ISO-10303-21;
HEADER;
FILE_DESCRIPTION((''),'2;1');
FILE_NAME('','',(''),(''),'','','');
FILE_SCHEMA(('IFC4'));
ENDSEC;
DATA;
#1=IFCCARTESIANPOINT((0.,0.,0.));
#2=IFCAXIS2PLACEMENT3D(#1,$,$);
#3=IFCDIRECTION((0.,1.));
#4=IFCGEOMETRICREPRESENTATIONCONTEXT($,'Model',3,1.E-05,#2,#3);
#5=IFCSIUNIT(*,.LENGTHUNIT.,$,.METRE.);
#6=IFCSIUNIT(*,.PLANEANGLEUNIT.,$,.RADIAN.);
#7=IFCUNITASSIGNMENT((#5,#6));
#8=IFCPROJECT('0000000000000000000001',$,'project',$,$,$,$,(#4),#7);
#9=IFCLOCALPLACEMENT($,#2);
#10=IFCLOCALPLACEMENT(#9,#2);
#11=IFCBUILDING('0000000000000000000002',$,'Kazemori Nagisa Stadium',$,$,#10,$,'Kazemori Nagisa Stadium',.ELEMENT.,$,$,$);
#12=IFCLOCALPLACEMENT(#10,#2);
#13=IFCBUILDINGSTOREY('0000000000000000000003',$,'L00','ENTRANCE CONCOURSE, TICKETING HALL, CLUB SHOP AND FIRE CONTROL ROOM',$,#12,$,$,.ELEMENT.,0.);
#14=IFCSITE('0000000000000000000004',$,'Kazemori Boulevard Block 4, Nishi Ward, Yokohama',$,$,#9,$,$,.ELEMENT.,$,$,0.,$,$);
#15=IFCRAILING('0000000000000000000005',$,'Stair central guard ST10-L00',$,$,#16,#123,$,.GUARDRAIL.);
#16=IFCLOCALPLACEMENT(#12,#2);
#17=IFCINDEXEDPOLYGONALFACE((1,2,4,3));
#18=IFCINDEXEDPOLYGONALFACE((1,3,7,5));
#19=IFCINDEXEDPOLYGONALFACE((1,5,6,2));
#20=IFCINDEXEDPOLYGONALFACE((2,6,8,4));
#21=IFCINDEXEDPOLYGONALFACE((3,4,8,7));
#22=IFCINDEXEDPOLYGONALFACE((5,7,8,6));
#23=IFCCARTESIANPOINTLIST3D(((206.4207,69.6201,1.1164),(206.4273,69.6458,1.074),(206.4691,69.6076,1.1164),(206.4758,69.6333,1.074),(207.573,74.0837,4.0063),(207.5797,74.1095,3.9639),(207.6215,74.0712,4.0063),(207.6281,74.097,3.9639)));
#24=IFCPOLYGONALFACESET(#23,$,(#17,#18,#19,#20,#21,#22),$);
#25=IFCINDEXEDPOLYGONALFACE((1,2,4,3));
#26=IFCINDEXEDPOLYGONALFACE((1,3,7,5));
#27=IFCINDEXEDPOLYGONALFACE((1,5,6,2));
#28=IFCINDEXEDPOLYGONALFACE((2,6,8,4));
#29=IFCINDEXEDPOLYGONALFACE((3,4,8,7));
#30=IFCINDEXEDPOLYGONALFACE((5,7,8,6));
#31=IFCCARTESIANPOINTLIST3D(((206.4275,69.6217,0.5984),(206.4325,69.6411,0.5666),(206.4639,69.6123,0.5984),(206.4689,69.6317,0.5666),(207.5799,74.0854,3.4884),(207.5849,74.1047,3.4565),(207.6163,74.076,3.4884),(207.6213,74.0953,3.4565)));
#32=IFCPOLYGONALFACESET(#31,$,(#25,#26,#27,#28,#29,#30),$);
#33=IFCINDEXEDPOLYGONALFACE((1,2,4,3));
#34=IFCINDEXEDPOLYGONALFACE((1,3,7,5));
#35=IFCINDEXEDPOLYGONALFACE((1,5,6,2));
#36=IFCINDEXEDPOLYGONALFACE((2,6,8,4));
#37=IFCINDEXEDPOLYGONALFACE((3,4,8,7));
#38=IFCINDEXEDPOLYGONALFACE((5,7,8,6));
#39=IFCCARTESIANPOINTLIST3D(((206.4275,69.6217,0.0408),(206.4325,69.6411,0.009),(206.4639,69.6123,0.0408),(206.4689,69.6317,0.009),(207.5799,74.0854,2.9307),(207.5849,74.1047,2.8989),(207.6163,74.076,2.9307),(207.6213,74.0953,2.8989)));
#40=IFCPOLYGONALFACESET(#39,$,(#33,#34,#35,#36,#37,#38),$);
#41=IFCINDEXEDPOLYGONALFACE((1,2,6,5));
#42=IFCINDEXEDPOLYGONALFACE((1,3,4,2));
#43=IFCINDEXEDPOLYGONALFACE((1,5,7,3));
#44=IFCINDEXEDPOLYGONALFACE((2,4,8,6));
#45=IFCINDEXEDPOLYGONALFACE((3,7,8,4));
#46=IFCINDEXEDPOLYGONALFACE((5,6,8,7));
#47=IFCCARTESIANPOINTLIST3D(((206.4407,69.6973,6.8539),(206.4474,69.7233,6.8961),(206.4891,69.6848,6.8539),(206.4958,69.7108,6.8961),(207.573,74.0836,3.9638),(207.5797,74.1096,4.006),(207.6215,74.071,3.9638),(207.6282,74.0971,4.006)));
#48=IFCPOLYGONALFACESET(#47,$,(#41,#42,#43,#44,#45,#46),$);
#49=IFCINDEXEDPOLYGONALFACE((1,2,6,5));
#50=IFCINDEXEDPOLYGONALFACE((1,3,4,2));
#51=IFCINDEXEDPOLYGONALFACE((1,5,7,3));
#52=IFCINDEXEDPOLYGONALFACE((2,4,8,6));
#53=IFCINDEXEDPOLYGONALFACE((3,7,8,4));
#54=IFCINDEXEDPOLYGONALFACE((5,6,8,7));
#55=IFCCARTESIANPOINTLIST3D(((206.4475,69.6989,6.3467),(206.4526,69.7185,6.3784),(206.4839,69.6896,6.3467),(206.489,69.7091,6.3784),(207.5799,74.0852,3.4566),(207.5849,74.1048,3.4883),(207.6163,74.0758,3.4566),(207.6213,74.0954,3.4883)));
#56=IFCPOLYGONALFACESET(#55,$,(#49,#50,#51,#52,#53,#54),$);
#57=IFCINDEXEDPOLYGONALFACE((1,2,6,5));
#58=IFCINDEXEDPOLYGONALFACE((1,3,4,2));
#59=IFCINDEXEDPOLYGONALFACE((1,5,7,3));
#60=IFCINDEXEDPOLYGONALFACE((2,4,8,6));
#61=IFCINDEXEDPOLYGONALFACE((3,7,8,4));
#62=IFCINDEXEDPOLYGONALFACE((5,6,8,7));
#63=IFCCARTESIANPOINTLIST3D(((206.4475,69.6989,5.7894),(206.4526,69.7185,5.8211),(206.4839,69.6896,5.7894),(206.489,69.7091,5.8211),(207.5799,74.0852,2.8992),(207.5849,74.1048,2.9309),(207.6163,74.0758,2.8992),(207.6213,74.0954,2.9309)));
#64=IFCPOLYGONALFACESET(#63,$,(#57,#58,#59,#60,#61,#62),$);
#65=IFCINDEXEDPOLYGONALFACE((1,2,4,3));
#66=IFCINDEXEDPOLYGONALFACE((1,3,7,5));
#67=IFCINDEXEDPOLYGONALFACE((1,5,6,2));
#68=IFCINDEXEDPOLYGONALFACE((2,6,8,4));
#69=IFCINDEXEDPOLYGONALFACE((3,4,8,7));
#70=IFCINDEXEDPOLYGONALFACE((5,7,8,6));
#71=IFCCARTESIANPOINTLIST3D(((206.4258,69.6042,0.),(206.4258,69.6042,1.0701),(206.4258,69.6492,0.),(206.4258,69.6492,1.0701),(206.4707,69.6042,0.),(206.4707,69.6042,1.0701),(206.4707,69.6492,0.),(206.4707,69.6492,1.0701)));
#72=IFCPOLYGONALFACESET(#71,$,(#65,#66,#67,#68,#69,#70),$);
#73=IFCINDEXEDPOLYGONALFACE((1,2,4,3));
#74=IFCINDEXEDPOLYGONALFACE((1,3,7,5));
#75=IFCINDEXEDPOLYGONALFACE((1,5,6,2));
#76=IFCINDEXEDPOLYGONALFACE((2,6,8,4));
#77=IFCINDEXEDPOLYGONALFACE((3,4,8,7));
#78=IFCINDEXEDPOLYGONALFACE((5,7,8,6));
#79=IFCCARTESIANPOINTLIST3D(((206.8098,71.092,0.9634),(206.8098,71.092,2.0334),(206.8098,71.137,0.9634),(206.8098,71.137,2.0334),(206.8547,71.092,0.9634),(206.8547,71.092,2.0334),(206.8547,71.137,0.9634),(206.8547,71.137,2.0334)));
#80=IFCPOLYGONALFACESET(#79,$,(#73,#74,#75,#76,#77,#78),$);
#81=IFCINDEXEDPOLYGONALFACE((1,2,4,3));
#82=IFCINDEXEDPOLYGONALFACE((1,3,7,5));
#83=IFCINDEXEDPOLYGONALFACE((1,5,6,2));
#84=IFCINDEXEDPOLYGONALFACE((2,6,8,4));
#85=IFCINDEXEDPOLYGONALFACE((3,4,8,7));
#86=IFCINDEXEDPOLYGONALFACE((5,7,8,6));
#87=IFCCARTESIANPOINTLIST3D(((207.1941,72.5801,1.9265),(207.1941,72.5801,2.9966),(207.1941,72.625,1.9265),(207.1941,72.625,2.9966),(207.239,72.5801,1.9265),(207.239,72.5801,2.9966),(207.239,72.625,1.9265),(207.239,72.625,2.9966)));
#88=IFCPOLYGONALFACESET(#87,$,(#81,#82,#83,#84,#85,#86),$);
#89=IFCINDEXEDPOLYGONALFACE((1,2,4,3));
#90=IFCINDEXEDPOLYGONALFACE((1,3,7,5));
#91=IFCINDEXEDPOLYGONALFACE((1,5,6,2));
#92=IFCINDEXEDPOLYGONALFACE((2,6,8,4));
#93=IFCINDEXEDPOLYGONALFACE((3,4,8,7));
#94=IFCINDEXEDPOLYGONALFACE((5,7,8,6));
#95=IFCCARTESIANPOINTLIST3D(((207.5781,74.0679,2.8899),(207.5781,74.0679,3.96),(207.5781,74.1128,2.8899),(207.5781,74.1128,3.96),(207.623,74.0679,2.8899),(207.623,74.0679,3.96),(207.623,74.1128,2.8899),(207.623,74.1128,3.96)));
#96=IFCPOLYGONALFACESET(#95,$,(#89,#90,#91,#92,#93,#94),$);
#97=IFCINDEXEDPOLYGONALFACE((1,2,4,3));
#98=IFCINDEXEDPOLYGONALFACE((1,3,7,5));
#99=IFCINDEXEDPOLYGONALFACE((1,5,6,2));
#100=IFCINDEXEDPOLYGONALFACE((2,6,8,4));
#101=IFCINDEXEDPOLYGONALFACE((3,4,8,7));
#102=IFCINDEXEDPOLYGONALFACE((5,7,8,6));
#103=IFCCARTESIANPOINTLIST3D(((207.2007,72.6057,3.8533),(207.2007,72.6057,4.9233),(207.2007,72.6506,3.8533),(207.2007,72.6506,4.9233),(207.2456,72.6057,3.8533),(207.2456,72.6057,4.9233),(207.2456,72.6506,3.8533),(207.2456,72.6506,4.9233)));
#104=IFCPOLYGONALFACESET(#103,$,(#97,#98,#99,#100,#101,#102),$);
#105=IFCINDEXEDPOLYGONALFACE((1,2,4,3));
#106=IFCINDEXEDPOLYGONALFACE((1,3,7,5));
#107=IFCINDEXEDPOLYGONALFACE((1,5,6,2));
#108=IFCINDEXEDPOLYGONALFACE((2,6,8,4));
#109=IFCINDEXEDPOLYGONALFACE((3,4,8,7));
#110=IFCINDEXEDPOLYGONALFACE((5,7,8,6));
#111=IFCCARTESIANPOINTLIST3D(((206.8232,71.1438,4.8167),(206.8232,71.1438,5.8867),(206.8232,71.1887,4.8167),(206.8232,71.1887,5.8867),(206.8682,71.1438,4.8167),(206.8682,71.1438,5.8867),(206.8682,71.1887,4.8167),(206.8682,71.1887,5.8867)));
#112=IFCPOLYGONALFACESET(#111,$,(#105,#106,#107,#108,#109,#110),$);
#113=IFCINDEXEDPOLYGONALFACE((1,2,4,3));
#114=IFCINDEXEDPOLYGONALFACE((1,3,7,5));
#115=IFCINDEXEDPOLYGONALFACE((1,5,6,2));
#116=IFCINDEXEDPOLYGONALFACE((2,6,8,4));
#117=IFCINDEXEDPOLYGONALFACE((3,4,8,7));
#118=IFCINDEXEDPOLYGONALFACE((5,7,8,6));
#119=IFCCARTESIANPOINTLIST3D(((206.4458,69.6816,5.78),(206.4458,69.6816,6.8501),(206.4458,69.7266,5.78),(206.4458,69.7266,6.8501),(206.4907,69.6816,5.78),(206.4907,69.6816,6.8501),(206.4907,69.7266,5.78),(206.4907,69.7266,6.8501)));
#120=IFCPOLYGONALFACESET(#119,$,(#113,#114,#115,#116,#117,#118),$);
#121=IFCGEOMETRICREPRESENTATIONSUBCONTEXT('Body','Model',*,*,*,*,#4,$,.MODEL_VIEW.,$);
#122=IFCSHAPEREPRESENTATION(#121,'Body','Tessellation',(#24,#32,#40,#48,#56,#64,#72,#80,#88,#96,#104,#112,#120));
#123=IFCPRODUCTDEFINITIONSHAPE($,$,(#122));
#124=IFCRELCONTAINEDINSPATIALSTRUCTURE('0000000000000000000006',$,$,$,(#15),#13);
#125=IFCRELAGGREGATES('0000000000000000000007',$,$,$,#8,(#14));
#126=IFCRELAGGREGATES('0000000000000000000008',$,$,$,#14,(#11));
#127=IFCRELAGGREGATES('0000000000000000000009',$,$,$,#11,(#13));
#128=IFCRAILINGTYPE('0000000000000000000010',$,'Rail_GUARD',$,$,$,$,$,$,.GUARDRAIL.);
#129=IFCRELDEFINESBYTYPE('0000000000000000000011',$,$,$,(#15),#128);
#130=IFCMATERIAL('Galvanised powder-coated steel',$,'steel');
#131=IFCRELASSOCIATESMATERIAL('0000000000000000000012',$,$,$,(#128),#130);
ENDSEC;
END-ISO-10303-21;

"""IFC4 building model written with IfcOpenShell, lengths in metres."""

from ifc_helpers import new_model, si_unit, direction, frame, origin, origin_2d, place, context, subcontext, project, spatial, rectangle, extrude, material, type_object, element, save


model = new_model("IFC4")

# Units and contexts
model_context = context("Model", 3, precision=1e-05, world=origin(), true_north=direction((0.0, 1.0)))
body_context = subcontext(model_context, "Body", "Model", "MODEL_VIEW")
ifc_project = project(units=[si_unit("LENGTHUNIT", "METRE"), si_unit("PLANEANGLEUNIT", "RADIAN")], contexts=[model_context])

# Site, building, storey
site_placement = place(None, origin())
site = spatial("IfcSite", under=ifc_project, at=site_placement, Name="Kazemori Boulevard Block 4, Nishi Ward, Yokohama", CompositionType="ELEMENT", RefElevation=0.0)
building_placement = place(site_placement, origin())
building = spatial("IfcBuilding", under=site, at=building_placement, Name="Kazemori Nagisa Stadium", LongName="Kazemori Nagisa Stadium", CompositionType="ELEMENT")
storey_placement = place(building_placement, origin())
storey = spatial("IfcBuildingStorey", under=building, at=storey_placement, Name="L00", Description="ENTRANCE CONCOURSE, TICKETING HALL, CLUB SHOP AND FIRE CONTROL ROOM", CompositionType="ELEMENT", Elevation=0.0)

# Railing
ifc_material_1 = material(Name="Galvanised powder-coated steel", Category="steel")
railing_type_1 = type_object("IfcRailingType", Name="Rail_GUARD", PredefinedType="GUARDRAIL", material=ifc_material_1)
railing_1_placement = place(storey_placement, frame((206.4482, 69.6267, 0.0)))
element("IfcRailing", 1, at=railing_1_placement, inside=storey, type_object=railing_type_1, Name="Stair central guard ST10-L00", PredefinedType="GUARDRAIL", context=body_context, shape_type="SweptSolid", body=[
    extrude(rectangle(XDim=0.05, YDim=0.05, at=origin_2d()), frame((0.0, 0.0, 1.0952), z_axis=(0.211793, 0.820384, 0.531143), x_axis=(-0.968254, 0.249968, 0.0)), (0.0, 0.0, 1.0), 5.4409),
    extrude(rectangle(XDim=0.0376, YDim=0.0376, at=origin_2d()), frame((0.0, 0.0, 0.5825), z_axis=(0.211793, 0.820384, 0.531143), x_axis=(-0.968254, 0.249968, 0.0)), (0.0, 0.0, 1.0), 5.4409),
    extrude(rectangle(XDim=0.0376, YDim=0.0376, at=origin_2d()), frame((0.0, 0.0, 0.0249), z_axis=(0.211793, 0.820384, 0.531143), x_axis=(-0.968254, 0.249968, 0.0)), (0.0, 0.0, 1.0), 5.4409),
    extrude(rectangle(XDim=0.05, YDim=0.05, at=origin_2d()), frame((1.1523, 4.4636, 3.9849), z_axis=(-0.210725, -0.816277, 0.537854), x_axis=(0.968256, -0.24996, 0.0)), (0.0, 0.0, 1.0), 5.3735),
    extrude(rectangle(XDim=0.0376, YDim=0.0376, at=origin_2d()), frame((1.1523, 4.4636, 3.4724), z_axis=(-0.210725, -0.816277, 0.537854), x_axis=(0.968256, -0.24996, 0.0)), (0.0, 0.0, 1.0), 5.3735),
    extrude(rectangle(XDim=0.0376, YDim=0.0376, at=origin_2d()), frame((1.1523, 4.4636, 2.915), z_axis=(-0.210725, -0.816277, 0.537854), x_axis=(0.968256, -0.24996, 0.0)), (0.0, 0.0, 1.0), 5.3735),
    extrude(rectangle(XDim=0.0449, YDim=0.0449, at=origin_2d()), origin(), (0.0, 0.0, 1.0), 1.0701),
    extrude(rectangle(XDim=0.0449, YDim=0.0449, at=origin_2d()), frame((0.384, 1.4878, 0.9634)), (0.0, 0.0, 1.0), 1.0701),
    extrude(rectangle(XDim=0.0449, YDim=0.0449, at=origin_2d()), frame((0.7683, 2.9758, 1.9265)), (0.0, 0.0, 1.0), 1.0701),
    extrude(rectangle(XDim=0.0449, YDim=0.0449, at=origin_2d()), frame((1.1523, 4.4636, 2.8899)), (0.0, 0.0, 1.0), 1.0701),
    extrude(rectangle(XDim=0.0449, YDim=0.0449, at=origin_2d()), frame((0.7749, 3.0015, 3.8533)), (0.0, 0.0, 1.0), 1.0701),
    extrude(rectangle(XDim=0.0449, YDim=0.0449, at=origin_2d()), frame((0.3975, 1.5396, 4.8167)), (0.0, 0.0, 1.0), 1.0701),
    extrude(rectangle(XDim=0.0449, YDim=0.0449, at=origin_2d()), frame((0.02, 0.0774, 5.78)), (0.0, 0.0, 1.0), 1.0701),
])

save(model, "model.ifc")
